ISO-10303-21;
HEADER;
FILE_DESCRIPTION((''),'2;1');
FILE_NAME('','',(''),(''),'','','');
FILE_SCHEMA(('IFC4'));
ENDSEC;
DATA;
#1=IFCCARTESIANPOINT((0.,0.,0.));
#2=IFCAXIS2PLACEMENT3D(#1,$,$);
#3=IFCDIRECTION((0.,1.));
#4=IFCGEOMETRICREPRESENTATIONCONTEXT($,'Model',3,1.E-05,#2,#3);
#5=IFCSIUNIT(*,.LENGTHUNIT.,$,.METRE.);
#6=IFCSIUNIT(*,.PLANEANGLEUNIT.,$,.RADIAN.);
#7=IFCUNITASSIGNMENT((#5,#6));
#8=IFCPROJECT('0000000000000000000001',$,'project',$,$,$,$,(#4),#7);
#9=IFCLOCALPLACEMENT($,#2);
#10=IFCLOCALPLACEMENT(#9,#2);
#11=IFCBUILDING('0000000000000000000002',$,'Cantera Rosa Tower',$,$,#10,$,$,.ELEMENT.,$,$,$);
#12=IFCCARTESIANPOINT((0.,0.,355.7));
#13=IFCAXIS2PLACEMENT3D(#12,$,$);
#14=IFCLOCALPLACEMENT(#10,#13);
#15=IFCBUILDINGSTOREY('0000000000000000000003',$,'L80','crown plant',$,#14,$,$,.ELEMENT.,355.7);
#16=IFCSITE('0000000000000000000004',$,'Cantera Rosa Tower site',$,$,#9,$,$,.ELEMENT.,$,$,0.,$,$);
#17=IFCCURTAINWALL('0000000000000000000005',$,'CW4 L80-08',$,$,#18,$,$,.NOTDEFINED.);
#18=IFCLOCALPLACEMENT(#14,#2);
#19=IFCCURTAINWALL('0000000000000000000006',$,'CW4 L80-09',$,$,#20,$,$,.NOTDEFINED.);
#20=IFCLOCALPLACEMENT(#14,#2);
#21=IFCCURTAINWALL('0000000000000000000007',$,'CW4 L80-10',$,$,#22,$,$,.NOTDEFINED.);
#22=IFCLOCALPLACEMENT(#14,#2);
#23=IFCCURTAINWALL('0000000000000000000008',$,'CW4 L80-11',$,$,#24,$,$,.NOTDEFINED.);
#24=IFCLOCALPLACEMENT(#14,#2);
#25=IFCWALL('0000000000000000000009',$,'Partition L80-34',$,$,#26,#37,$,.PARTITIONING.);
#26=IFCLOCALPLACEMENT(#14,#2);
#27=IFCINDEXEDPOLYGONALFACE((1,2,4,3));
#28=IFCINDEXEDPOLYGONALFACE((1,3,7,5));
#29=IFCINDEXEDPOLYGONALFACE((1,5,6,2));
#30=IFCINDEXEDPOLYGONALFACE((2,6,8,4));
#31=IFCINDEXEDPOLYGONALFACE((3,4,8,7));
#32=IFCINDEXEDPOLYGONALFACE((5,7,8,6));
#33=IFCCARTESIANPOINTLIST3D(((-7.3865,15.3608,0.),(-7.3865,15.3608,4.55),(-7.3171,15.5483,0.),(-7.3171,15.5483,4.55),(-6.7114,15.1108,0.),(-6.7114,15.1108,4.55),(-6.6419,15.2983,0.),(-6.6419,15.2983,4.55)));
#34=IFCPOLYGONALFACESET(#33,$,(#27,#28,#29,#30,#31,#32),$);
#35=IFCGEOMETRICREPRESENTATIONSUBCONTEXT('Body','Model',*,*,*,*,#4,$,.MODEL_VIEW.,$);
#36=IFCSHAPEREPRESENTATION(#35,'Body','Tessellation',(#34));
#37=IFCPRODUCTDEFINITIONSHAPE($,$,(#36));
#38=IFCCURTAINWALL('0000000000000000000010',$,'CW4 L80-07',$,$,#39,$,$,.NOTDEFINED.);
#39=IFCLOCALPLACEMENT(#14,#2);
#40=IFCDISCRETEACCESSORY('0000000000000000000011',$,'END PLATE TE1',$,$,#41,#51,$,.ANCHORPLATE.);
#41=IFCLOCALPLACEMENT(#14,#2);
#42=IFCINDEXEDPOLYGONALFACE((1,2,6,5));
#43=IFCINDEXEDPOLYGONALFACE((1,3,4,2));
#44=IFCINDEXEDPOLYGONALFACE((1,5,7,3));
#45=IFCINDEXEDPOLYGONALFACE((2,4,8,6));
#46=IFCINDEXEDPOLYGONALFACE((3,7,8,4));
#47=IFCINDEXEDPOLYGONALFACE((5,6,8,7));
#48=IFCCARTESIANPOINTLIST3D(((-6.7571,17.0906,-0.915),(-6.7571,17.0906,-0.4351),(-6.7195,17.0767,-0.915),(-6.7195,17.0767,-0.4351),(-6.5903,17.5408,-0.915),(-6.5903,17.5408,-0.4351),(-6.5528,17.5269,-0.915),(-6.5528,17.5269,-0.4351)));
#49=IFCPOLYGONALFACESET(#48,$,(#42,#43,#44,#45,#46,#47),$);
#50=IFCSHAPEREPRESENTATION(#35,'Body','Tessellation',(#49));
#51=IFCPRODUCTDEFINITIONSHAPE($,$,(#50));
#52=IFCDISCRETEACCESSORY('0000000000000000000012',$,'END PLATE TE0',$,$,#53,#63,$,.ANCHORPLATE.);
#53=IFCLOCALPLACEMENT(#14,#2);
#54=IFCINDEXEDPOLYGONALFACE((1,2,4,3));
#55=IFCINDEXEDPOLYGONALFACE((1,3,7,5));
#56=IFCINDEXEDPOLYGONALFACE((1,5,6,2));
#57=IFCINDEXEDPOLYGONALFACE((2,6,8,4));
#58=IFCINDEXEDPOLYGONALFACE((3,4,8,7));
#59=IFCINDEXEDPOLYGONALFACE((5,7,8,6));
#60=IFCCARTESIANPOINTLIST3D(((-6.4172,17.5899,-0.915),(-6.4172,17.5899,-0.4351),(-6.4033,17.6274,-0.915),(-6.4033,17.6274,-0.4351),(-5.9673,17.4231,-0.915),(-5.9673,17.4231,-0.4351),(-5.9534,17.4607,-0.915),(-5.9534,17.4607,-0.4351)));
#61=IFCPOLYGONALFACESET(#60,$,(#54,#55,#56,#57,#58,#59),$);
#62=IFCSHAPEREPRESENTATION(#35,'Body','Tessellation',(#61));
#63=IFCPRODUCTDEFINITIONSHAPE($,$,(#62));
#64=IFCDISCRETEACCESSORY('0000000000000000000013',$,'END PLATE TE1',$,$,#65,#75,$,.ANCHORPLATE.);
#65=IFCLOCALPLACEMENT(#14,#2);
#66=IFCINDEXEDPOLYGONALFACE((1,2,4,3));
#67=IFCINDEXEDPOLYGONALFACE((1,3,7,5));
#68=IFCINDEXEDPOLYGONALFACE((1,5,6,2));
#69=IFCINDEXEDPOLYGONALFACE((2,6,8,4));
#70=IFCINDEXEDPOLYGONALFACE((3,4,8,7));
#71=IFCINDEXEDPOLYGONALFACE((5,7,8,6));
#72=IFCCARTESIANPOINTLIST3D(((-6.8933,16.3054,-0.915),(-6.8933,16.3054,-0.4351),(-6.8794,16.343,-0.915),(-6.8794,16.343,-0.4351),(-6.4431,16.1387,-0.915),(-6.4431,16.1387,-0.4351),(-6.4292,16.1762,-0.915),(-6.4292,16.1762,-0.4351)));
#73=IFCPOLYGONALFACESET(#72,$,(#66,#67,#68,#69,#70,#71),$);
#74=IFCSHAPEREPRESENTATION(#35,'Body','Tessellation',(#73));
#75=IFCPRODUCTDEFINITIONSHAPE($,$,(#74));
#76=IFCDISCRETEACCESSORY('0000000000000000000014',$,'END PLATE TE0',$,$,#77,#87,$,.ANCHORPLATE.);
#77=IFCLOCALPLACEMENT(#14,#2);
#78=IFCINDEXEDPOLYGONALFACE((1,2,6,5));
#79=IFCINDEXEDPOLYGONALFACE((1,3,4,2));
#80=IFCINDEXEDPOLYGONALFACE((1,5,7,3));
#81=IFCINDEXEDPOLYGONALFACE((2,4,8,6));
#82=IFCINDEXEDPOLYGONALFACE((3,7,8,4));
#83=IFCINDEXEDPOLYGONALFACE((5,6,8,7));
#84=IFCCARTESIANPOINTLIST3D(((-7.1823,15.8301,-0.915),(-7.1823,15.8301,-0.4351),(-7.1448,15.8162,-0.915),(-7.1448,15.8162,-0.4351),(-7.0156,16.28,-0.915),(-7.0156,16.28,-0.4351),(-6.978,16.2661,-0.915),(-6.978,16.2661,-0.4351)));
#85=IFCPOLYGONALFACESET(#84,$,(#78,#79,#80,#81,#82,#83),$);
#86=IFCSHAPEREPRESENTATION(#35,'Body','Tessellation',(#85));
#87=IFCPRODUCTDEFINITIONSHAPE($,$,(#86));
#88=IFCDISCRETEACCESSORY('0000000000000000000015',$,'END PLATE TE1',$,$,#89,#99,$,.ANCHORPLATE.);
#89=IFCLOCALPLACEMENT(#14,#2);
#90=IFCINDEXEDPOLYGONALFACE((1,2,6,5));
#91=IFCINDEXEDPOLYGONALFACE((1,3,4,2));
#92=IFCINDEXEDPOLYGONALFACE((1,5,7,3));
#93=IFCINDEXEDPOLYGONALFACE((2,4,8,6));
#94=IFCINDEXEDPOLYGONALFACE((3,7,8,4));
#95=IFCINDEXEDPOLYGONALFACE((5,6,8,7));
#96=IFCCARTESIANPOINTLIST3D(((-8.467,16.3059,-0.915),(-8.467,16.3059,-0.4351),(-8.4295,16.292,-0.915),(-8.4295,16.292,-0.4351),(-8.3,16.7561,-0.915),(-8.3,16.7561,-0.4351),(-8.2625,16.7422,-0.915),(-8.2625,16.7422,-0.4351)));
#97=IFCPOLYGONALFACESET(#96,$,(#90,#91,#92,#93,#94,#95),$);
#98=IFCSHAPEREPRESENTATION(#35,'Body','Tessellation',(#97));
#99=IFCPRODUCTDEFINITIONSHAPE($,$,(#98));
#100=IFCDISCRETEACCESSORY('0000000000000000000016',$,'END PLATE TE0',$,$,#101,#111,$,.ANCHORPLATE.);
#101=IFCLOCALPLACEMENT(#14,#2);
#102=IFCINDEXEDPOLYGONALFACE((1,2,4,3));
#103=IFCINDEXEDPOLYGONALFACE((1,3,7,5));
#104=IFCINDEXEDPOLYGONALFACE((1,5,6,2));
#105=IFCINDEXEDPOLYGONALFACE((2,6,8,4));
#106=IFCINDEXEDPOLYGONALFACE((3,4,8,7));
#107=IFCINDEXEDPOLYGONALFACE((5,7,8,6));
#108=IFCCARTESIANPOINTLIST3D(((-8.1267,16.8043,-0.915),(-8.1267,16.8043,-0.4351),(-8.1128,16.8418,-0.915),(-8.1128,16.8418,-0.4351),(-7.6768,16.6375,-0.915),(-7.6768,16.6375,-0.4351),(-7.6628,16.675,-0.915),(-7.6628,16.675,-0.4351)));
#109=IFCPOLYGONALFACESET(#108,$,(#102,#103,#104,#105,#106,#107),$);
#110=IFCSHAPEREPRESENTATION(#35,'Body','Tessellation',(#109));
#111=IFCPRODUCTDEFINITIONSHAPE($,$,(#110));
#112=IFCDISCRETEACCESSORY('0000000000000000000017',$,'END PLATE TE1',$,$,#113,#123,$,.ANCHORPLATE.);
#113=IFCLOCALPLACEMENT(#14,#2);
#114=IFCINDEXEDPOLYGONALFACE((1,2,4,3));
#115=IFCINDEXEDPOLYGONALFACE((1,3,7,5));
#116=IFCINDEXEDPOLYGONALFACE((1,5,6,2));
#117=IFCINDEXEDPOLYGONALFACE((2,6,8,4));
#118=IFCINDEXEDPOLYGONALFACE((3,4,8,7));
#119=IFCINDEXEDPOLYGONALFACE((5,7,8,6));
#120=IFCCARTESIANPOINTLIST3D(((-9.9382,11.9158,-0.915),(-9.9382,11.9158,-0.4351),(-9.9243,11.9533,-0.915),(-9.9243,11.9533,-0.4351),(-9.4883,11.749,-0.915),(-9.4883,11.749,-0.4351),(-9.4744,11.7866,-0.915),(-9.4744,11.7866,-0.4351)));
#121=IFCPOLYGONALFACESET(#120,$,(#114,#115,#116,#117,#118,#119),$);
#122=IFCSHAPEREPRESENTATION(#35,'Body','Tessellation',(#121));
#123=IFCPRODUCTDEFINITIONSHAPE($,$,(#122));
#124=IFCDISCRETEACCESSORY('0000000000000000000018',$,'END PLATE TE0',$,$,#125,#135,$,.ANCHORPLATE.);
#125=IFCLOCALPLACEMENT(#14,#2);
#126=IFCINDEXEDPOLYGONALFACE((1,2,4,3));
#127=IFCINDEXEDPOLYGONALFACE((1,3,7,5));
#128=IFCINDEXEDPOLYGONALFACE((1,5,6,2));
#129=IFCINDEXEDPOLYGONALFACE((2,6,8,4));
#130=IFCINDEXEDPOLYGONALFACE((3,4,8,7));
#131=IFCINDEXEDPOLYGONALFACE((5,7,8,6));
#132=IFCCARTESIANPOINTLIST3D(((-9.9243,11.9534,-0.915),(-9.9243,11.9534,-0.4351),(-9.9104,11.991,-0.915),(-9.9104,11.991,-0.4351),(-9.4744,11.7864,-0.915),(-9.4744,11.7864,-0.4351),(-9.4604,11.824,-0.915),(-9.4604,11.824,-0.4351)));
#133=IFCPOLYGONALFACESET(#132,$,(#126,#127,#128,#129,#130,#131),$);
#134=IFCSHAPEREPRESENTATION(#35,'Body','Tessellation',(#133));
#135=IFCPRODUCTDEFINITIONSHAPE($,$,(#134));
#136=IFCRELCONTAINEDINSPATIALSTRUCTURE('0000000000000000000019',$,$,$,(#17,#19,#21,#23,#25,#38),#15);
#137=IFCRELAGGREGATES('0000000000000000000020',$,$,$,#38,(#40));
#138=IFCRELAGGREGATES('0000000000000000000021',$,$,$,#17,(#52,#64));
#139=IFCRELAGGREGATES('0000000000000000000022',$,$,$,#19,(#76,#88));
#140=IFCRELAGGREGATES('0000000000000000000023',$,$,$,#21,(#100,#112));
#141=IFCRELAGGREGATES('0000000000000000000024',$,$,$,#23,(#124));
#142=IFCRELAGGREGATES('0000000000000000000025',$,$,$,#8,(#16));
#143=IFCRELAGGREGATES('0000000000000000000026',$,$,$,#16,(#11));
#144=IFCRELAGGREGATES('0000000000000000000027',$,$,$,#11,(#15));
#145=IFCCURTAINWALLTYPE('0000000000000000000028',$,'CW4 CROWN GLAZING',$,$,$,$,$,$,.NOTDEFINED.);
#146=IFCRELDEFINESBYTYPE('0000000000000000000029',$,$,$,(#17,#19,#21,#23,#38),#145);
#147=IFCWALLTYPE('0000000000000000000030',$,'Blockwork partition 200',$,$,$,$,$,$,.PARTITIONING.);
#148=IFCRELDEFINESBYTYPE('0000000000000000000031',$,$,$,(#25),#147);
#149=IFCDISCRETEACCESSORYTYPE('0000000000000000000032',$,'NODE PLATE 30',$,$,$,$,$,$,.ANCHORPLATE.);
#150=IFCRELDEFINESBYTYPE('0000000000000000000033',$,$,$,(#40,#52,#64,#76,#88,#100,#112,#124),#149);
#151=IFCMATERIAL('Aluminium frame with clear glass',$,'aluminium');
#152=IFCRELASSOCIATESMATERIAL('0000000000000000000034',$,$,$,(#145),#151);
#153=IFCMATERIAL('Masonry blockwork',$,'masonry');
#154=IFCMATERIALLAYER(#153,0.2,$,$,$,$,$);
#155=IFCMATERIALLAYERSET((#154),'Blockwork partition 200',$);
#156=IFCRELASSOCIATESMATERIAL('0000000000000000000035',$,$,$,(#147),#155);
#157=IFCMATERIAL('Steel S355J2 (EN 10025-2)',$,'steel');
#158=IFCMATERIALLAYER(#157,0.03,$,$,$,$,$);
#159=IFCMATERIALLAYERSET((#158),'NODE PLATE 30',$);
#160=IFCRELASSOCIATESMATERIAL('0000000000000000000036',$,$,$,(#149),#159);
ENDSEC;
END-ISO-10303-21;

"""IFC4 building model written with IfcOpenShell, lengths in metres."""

from ifc_helpers import new_model, si_unit, direction, frame, frame_2d, origin, place, context, subcontext, project, spatial, polyline, rectangle, outline, extrude, material, layer, layer_set, type_object, element, aggregate, save


model = new_model("IFC4")

# Units and contexts
model_context = context("Model", 3, precision=1e-05, world=origin(), true_north=direction((0.0, 1.0)))
body_context = subcontext(model_context, "Body", "Model", "MODEL_VIEW")
ifc_project = project(units=[si_unit("LENGTHUNIT", "METRE"), si_unit("PLANEANGLEUNIT", "RADIAN")], contexts=[model_context])

# Site, building, storey
site_placement = place(None, origin())
site = spatial("IfcSite", under=ifc_project, at=site_placement, Name="Cantera Rosa Tower site", CompositionType="ELEMENT", RefElevation=0.0)
building_placement = place(site_placement, origin())
building = spatial("IfcBuilding", under=site, at=building_placement, Name="Cantera Rosa Tower", CompositionType="ELEMENT")
storey_placement = place(building_placement, frame((0.0, 0.0, 355.7)))
storey = spatial("IfcBuildingStorey", under=building, at=storey_placement, Name="L80", Description="crown plant", CompositionType="ELEMENT", Elevation=355.7)

# Curtain walls
ifc_material_1 = material(Name="Aluminium frame with clear glass", Category="aluminium")
curtain_wall_type = type_object("IfcCurtainWallType", Name="CW4 CROWN GLAZING", PredefinedType="NOTDEFINED", material=ifc_material_1)
curtain_wall_1_placement = place(storey_placement, origin())
curtain_wall_1 = element("IfcCurtainWall", 1, at=curtain_wall_1_placement, inside=storey, type_object=curtain_wall_type, Name="CW4 L80-08", PredefinedType="NOTDEFINED")
curtain_wall_2_placement = place(storey_placement, origin())
curtain_wall_2 = element("IfcCurtainWall", 2, at=curtain_wall_2_placement, inside=storey, type_object=curtain_wall_type, Name="CW4 L80-09", PredefinedType="NOTDEFINED")
curtain_wall_3_placement = place(storey_placement, origin())
curtain_wall_3 = element("IfcCurtainWall", 3, at=curtain_wall_3_placement, inside=storey, type_object=curtain_wall_type, Name="CW4 L80-10", PredefinedType="NOTDEFINED")
curtain_wall_4_placement = place(storey_placement, origin())
curtain_wall_4 = element("IfcCurtainWall", 4, at=curtain_wall_4_placement, inside=storey, type_object=curtain_wall_type, Name="CW4 L80-11", PredefinedType="NOTDEFINED")

# Wall
ifc_material_2 = material(Name="Masonry blockwork", Category="masonry")
ifc_layer_1 = layer(ifc_material_2, 0.2)
ifc_layer_set_1 = layer_set([ifc_layer_1], Name="Blockwork partition 200")
wall_type = type_object("IfcWallType", Name="Blockwork partition 200", PredefinedType="PARTITIONING", material=ifc_layer_set_1)
wall_placement = place(storey_placement, frame((-6.6768, 15.2046, 0.0), z_axis=(0.0, 0.0, 1.0), x_axis=(-0.937757, 0.347292, 0.0)))
element("IfcWall", 5, at=wall_placement, inside=storey, type_object=wall_type, Name="Partition L80-34", PredefinedType="PARTITIONING", context=body_context, shape_type="SweptSolid", body=[
    extrude(rectangle(XDim=0.72, YDim=0.2, at=frame_2d((0.3599, 0.0))), origin(), (0.0, 0.0, 1.0), 4.55),
])

# Curtain wall, discrete accessory
curtain_wall_5_placement = place(storey_placement, origin())
curtain_wall_5 = element("IfcCurtainWall", 6, at=curtain_wall_5_placement, inside=storey, type_object=curtain_wall_type, Name="CW4 L80-07", PredefinedType="NOTDEFINED")
ifc_material_3 = material(Name="Steel S355J2 (EN 10025-2)", Category="steel")
ifc_layer_2 = layer(ifc_material_3, 0.03)
ifc_layer_set_2 = layer_set([ifc_layer_2], Name="NODE PLATE 30")
discrete_accessory_type = type_object("IfcDiscreteAccessoryType", Name="NODE PLATE 30", PredefinedType="ANCHORPLATE", material=ifc_layer_set_2)
discrete_accessory_1_placement = place(storey_placement, frame((-6.7571, 17.0906, -0.4351), z_axis=(-0.937743, 0.347331, 0.0), x_axis=(0.347331, 0.937743, 0.0)))
discrete_accessory_1 = element("IfcDiscreteAccessory", 7, at=discrete_accessory_1_placement, type_object=discrete_accessory_type, Name="END PLATE TE1", PredefinedType="ANCHORPLATE", context=body_context, shape_type="SweptSolid", body=[
    extrude(outline(polyline([(0.0, 0.0), (0.4801, 0.0), (0.4801, 0.48), (0.0, 0.48), (0.0, 0.0)])), origin(), (0.0, 0.0, -1.0), 0.04),
])
aggregate(curtain_wall_5, [discrete_accessory_1])

# Discrete accessories
discrete_accessory_2_placement = place(storey_placement, frame((-6.4033, 17.6274, -0.4351), z_axis=(0.347497, 0.937681, 0.0), x_axis=(0.937681, -0.347497, 0.0)))
discrete_accessory_2 = element("IfcDiscreteAccessory", 8, at=discrete_accessory_2_placement, type_object=discrete_accessory_type, Name="END PLATE TE0", PredefinedType="ANCHORPLATE", context=body_context, shape_type="SweptSolid", body=[
    extrude(outline(polyline([(0.0, 0.0), (0.4799, 0.0), (0.4799, 0.48), (0.0, 0.48), (0.0, 0.0)])), origin(), (0.0, 0.0, -1.0), 0.04),
])
discrete_accessory_3_placement = place(storey_placement, frame((-6.4431, 16.1387, -0.4351), z_axis=(-0.347331, -0.937743, 0.0), x_axis=(-0.937743, 0.347331, 0.0)))
discrete_accessory_3 = element("IfcDiscreteAccessory", 9, at=discrete_accessory_3_placement, type_object=discrete_accessory_type, Name="END PLATE TE1", PredefinedType="ANCHORPLATE", context=body_context, shape_type="SweptSolid", body=[
    extrude(outline(polyline([(0.0, 0.0), (0.4801, 0.0), (0.4801, 0.48), (0.0, 0.48), (0.0, 0.0)])), origin(), (0.0, 0.0, -1.0), 0.04),
])
aggregate(curtain_wall_1, [discrete_accessory_2, discrete_accessory_3])
discrete_accessory_4_placement = place(storey_placement, frame((-6.978, 16.2661, -0.4351), z_axis=(0.937681, -0.347497, 0.0), x_axis=(-0.347497, -0.937681, 0.0)))
discrete_accessory_4 = element("IfcDiscreteAccessory", 10, at=discrete_accessory_4_placement, type_object=discrete_accessory_type, Name="END PLATE TE0", PredefinedType="ANCHORPLATE", context=body_context, shape_type="SweptSolid", body=[
    extrude(outline(polyline([(0.0, 0.0), (0.4799, 0.0), (0.4799, 0.48), (0.0, 0.48), (0.0, 0.0)])), origin(), (0.0, 0.0, -1.0), 0.04),
])
discrete_accessory_5_placement = place(storey_placement, frame((-8.467, 16.3059, -0.4351), z_axis=(-0.937577, 0.347778, 0.0), x_axis=(0.347778, 0.937577, 0.0)))
discrete_accessory_5 = element("IfcDiscreteAccessory", 11, at=discrete_accessory_5_placement, type_object=discrete_accessory_type, Name="END PLATE TE1", PredefinedType="ANCHORPLATE", context=body_context, shape_type="SweptSolid", body=[
    extrude(outline(polyline([(0.0, 0.0), (0.4802, 0.0), (0.4802, 0.48), (0.0, 0.48), (0.0, 0.0)])), origin(), (0.0, 0.0, -1.0), 0.04),
])
aggregate(curtain_wall_2, [discrete_accessory_4, discrete_accessory_5])
discrete_accessory_6_placement = place(storey_placement, frame((-8.1128, 16.8418, -0.4351), z_axis=(0.347497, 0.937681, 0.0), x_axis=(0.937681, -0.347497, 0.0)))
discrete_accessory_6 = element("IfcDiscreteAccessory", 12, at=discrete_accessory_6_placement, type_object=discrete_accessory_type, Name="END PLATE TE0", PredefinedType="ANCHORPLATE", context=body_context, shape_type="SweptSolid", body=[
    extrude(outline(polyline([(0.0, 0.0), (0.4799, 0.0), (0.4799, 0.48), (0.0, 0.48), (0.0, 0.0)])), origin(), (0.0, 0.0, -1.0), 0.04),
])
discrete_accessory_7_placement = place(storey_placement, frame((-9.4883, 11.749, -0.4351), z_axis=(-0.347497, -0.937681, 0.0), x_axis=(-0.937681, 0.347497, 0.0)))
discrete_accessory_7 = element("IfcDiscreteAccessory", 13, at=discrete_accessory_7_placement, type_object=discrete_accessory_type, Name="END PLATE TE1", PredefinedType="ANCHORPLATE", context=body_context, shape_type="SweptSolid", body=[
    extrude(outline(polyline([(0.0, 0.0), (0.4799, 0.0), (0.4799, 0.48), (0.0, 0.48), (0.0, 0.0)])), origin(), (0.0, 0.0, -1.0), 0.04),
])
aggregate(curtain_wall_3, [discrete_accessory_6, discrete_accessory_7])
discrete_accessory_8_placement = place(storey_placement, frame((-9.9104, 11.991, -0.4351), z_axis=(0.347944, 0.937515, 0.0), x_axis=(0.937515, -0.347944, 0.0)))
discrete_accessory_8 = element("IfcDiscreteAccessory", 14, at=discrete_accessory_8_placement, type_object=discrete_accessory_type, Name="END PLATE TE0", PredefinedType="ANCHORPLATE", context=body_context, shape_type="SweptSolid", body=[
    extrude(outline(polyline([(0.0, 0.0), (0.4799, 0.0), (0.4799, 0.48), (0.0, 0.48), (0.0, 0.0)])), origin(), (0.0, 0.0, -1.0), 0.04),
])
aggregate(curtain_wall_4, [discrete_accessory_8])

save(model, "model.ifc")
